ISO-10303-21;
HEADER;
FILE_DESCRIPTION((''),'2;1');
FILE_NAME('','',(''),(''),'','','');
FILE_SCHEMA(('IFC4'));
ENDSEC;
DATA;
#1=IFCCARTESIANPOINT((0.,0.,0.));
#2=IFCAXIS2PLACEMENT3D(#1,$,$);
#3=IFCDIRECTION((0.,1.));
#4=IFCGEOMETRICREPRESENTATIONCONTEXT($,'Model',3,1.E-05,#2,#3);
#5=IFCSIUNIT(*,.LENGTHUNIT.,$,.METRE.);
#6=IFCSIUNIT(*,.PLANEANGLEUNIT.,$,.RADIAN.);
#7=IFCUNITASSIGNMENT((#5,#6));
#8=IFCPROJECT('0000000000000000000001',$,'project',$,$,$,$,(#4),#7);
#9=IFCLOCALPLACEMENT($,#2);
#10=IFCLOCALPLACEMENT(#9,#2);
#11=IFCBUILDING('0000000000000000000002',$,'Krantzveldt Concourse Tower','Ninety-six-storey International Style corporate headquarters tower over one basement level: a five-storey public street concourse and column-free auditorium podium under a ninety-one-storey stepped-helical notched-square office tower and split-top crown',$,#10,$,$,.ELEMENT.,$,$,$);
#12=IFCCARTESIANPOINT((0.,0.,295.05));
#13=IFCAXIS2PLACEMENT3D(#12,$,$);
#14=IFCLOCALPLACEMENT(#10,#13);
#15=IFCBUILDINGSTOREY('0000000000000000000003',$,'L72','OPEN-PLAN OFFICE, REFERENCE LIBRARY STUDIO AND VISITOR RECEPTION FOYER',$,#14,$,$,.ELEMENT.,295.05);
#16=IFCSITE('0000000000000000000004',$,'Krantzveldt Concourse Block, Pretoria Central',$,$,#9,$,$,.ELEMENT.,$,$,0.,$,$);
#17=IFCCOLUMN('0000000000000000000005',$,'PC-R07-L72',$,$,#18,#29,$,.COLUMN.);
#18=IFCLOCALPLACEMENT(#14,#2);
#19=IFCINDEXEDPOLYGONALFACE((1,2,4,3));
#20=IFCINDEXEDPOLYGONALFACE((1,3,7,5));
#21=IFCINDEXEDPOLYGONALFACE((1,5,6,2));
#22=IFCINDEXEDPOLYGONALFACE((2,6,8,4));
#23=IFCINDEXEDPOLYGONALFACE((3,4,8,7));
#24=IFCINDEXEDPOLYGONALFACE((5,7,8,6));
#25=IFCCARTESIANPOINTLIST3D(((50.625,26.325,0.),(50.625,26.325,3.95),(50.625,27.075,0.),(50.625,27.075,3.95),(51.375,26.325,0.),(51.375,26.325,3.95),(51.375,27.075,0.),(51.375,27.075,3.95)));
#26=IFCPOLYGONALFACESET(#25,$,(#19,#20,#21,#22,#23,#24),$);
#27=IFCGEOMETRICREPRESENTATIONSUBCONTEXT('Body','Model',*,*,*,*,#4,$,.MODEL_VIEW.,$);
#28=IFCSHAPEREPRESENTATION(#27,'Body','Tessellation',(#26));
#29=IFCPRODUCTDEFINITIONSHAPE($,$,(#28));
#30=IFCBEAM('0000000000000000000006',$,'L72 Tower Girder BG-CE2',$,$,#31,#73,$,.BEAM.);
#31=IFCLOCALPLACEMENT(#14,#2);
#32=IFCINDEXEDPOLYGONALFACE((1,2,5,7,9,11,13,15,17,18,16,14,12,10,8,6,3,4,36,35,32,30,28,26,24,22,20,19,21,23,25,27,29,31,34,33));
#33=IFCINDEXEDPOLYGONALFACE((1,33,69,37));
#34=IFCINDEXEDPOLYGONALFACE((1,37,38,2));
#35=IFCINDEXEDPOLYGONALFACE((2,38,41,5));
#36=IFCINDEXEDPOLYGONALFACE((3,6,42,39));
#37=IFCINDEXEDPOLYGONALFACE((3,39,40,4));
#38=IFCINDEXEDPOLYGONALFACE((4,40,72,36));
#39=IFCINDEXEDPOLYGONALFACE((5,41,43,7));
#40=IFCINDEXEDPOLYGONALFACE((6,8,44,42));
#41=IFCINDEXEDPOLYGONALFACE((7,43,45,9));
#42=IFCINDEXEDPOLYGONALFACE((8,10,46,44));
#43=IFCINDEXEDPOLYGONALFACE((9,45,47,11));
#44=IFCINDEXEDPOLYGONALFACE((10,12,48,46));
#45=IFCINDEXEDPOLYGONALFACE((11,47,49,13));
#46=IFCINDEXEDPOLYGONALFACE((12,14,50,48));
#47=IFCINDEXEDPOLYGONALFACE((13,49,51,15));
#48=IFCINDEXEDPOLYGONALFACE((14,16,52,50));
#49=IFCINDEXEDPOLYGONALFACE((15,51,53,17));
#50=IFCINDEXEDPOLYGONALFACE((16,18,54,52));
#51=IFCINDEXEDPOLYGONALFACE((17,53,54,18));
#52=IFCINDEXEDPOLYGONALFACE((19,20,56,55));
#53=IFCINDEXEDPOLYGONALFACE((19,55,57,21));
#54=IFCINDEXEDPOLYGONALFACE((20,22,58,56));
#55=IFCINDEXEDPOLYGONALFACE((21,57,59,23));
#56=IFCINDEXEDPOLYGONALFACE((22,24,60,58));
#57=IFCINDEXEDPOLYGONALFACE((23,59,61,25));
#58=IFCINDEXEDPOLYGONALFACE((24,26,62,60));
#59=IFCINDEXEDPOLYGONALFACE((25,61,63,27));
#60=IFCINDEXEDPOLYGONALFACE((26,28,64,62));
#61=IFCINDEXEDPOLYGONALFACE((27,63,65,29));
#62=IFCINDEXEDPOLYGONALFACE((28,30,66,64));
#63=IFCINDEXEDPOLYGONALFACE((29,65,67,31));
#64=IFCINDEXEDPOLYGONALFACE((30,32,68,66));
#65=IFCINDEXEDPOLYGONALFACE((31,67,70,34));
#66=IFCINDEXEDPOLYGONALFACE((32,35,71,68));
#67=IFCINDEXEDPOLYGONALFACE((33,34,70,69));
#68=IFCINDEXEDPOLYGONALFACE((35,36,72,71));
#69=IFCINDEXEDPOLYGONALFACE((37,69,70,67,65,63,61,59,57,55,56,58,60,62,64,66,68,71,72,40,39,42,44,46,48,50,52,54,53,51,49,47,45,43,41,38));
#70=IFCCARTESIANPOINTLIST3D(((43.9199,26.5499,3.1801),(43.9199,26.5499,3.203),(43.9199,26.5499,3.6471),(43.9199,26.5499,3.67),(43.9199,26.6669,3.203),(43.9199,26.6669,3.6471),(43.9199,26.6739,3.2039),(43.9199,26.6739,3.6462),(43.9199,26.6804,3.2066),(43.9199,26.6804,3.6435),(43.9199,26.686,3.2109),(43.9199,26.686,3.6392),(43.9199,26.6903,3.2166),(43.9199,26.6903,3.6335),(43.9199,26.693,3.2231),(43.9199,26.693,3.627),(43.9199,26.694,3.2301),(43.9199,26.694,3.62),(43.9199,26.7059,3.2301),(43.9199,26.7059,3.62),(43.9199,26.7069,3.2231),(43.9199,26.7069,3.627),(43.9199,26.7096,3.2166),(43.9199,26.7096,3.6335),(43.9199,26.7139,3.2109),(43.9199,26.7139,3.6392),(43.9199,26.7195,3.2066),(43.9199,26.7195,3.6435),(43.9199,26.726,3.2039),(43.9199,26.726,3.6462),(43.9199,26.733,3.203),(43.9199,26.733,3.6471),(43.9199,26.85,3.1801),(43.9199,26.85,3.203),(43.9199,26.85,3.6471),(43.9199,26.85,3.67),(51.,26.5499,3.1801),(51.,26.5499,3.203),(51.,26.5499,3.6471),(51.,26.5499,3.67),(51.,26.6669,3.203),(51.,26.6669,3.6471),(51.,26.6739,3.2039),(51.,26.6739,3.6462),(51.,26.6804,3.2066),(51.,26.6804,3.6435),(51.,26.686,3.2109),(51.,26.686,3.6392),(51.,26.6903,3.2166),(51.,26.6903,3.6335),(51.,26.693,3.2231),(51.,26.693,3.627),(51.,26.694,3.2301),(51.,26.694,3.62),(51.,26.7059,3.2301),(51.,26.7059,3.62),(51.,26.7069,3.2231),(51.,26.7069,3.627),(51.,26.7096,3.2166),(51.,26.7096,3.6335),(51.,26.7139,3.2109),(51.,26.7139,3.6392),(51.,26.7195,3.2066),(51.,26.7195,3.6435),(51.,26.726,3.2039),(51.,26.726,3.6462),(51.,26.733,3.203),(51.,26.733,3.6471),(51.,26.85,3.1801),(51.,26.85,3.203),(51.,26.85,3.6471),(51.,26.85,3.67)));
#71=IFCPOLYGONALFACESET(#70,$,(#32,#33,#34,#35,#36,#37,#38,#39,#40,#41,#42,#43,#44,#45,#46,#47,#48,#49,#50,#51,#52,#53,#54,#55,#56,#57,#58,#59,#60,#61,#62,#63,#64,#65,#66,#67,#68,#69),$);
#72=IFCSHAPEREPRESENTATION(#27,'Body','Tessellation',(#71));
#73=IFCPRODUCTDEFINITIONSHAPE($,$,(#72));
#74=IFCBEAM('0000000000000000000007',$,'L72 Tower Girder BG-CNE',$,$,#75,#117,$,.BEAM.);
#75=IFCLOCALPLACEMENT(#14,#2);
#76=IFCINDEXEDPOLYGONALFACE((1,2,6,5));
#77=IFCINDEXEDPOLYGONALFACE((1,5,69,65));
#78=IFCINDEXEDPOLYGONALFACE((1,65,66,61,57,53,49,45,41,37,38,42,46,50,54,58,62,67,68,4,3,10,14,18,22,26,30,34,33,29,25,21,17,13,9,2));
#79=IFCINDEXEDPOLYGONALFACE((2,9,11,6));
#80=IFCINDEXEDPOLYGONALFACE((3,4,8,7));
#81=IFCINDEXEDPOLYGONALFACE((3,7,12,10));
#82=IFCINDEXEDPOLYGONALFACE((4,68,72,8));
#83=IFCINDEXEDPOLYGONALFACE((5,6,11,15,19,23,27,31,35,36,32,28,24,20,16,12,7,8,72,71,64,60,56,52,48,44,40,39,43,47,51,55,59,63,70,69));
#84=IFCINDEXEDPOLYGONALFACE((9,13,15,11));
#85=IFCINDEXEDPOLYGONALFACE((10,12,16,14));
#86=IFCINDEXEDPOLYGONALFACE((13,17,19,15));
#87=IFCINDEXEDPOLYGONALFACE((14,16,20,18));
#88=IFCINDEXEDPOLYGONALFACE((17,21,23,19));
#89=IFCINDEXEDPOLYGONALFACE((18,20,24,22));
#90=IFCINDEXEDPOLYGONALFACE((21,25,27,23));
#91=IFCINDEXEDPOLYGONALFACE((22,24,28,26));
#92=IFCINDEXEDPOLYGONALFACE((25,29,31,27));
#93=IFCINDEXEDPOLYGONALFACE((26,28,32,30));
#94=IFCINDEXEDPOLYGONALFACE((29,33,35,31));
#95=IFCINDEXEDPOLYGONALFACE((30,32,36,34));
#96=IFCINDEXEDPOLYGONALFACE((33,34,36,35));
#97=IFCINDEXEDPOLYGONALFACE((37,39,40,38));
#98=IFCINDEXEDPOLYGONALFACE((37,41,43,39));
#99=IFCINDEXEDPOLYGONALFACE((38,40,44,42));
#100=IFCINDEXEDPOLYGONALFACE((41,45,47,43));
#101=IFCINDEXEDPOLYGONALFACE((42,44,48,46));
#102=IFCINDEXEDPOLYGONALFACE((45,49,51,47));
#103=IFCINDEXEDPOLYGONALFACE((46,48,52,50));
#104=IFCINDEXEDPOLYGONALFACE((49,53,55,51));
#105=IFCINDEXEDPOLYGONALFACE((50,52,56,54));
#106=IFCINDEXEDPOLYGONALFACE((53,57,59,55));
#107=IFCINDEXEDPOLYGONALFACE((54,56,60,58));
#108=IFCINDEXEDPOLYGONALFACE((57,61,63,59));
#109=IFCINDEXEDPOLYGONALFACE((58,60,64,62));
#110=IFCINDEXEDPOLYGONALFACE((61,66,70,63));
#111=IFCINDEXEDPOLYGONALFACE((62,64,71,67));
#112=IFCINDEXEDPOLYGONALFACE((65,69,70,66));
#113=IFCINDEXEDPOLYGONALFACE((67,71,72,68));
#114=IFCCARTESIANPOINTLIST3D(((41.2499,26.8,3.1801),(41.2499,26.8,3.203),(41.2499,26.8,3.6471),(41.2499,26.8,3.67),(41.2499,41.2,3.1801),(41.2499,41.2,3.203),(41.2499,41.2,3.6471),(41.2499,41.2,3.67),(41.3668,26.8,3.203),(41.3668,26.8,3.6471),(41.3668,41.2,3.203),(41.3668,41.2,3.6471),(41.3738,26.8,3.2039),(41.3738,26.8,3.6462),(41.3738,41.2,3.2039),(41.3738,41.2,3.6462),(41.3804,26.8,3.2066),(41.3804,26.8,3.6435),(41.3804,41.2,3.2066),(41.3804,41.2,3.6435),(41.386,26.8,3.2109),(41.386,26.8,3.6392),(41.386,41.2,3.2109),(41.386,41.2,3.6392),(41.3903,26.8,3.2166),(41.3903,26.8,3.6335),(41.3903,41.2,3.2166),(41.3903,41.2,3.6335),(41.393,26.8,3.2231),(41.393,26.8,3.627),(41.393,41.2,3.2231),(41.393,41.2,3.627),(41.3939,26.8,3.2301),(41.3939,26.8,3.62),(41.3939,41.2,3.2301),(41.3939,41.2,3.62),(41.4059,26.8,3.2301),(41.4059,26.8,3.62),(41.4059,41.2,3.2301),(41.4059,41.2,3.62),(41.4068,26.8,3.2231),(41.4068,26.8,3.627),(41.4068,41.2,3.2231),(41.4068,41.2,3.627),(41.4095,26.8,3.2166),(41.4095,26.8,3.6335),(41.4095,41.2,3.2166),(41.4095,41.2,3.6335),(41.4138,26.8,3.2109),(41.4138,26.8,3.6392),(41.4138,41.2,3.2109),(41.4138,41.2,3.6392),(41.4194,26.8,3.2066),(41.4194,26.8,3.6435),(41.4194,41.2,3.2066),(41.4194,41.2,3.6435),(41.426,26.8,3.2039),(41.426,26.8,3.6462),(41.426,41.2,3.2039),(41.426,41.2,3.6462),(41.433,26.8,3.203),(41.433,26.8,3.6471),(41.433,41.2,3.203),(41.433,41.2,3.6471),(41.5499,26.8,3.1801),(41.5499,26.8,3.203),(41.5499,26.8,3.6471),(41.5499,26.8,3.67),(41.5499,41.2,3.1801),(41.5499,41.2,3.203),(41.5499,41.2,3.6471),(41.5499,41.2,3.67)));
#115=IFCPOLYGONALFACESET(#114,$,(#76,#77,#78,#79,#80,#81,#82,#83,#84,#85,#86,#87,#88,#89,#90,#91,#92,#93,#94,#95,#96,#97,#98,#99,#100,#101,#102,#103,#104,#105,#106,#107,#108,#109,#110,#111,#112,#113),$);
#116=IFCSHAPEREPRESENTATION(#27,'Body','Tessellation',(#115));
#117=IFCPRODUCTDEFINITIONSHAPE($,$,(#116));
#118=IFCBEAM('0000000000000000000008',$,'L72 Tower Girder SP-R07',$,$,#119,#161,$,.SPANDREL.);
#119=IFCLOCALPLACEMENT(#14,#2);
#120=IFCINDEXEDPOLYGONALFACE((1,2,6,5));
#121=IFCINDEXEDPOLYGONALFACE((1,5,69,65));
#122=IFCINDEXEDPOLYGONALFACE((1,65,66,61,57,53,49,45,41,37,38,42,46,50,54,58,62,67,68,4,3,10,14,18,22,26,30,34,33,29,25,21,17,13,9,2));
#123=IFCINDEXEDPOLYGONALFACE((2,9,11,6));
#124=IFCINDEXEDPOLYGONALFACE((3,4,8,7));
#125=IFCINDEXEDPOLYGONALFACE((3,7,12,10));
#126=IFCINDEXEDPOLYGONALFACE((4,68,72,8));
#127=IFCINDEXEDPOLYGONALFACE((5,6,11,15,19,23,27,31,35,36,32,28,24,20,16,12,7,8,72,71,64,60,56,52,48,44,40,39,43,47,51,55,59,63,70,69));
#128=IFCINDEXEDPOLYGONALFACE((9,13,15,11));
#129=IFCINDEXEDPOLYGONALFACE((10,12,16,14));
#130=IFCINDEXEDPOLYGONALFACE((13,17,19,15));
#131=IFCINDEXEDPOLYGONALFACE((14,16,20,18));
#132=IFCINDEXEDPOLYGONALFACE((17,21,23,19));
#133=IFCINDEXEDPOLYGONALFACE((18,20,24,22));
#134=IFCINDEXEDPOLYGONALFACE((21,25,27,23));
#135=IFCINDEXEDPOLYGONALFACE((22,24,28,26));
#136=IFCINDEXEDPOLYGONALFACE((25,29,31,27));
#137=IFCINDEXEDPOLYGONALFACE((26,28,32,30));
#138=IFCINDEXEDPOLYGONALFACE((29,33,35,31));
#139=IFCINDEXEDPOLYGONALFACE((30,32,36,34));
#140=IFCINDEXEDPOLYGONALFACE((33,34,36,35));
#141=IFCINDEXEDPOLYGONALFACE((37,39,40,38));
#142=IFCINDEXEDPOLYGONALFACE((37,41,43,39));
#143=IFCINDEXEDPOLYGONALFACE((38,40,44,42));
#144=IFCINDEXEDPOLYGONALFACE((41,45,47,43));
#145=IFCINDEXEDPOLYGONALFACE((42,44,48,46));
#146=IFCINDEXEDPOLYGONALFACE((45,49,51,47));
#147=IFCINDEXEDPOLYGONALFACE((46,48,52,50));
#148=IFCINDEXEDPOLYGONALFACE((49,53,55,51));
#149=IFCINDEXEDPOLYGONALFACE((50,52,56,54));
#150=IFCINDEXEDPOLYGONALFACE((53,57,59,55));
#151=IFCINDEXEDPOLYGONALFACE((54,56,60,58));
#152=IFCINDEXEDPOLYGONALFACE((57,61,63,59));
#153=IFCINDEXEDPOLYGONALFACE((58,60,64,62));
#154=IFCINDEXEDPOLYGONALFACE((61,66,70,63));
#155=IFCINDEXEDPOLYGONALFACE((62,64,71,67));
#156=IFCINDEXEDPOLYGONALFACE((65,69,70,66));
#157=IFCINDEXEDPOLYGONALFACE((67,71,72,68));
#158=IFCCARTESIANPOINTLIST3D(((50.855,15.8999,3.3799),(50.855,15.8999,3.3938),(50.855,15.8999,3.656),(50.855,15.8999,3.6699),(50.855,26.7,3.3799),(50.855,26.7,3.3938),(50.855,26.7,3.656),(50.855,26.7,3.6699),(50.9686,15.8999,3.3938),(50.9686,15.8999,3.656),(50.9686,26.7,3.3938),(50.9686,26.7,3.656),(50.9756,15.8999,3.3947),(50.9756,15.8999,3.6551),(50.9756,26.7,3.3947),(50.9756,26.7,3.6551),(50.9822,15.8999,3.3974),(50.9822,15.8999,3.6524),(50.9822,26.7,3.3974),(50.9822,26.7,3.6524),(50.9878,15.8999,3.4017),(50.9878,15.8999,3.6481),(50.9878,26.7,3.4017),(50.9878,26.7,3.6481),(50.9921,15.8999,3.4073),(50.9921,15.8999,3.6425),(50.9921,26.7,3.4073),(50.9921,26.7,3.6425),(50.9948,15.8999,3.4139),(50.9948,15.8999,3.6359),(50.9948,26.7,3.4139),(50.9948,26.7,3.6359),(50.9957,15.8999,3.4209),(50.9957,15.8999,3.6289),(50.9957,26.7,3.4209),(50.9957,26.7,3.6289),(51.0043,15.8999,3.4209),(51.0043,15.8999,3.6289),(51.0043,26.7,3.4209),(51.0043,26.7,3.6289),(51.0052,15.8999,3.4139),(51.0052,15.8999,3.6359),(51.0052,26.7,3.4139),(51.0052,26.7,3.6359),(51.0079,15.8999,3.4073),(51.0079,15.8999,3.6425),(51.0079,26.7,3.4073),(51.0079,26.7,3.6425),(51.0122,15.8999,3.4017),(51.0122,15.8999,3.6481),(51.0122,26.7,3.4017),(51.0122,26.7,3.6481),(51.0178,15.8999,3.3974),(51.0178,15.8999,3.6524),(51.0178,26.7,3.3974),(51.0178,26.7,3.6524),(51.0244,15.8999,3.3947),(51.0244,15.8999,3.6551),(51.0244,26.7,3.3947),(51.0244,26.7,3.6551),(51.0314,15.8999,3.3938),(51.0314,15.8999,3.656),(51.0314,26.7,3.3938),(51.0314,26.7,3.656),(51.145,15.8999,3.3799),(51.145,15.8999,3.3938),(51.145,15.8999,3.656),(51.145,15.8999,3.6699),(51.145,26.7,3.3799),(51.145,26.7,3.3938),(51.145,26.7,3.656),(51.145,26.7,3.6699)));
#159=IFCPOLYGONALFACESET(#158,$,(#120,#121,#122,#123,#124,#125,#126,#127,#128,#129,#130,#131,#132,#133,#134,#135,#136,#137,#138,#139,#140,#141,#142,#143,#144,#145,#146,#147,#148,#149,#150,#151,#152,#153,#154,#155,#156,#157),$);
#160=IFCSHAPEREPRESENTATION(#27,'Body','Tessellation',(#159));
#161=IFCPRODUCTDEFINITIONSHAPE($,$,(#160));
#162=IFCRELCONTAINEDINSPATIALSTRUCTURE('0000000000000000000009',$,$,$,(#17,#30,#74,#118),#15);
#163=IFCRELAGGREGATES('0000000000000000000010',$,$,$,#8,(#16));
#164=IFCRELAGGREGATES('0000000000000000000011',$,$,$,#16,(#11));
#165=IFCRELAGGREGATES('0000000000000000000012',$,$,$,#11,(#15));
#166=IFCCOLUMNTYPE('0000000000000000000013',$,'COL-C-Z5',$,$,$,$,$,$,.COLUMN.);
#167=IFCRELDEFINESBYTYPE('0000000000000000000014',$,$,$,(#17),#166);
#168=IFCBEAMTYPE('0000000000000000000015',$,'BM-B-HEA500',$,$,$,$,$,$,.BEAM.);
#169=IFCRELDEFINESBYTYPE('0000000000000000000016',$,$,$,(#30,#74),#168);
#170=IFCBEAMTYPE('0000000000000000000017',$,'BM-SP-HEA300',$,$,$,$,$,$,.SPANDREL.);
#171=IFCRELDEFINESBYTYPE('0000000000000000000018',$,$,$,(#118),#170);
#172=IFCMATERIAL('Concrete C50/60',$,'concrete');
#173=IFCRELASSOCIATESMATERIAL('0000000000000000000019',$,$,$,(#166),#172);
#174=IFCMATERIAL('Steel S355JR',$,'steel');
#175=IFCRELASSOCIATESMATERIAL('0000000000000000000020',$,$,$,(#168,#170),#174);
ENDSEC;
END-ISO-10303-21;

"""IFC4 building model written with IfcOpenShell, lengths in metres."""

from ifc_helpers import new_model, si_unit, direction, frame, origin, origin_2d, place, context, subcontext, project, spatial, rectangle, i_section, extrude, source, transform, mapped, material, material_profile, profile_set, type_object, type_shapes, element, save


model = new_model("IFC4")

# Units and contexts
model_context = context("Model", 3, precision=1e-05, world=origin(), true_north=direction((0.0, 1.0)))
body_context = subcontext(model_context, "Body", "Model", "MODEL_VIEW")
ifc_project = project(units=[si_unit("LENGTHUNIT", "METRE"), si_unit("PLANEANGLEUNIT", "RADIAN")], contexts=[model_context])

# Site, building, storey
site_placement = place(None, origin())
site = spatial("IfcSite", under=ifc_project, at=site_placement, Name="Krantzveldt Concourse Block, Pretoria Central", CompositionType="ELEMENT", RefElevation=0.0)
building_placement = place(site_placement, origin())
building = spatial("IfcBuilding", under=site, at=building_placement, Name="Krantzveldt Concourse Tower", Description="Ninety-six-storey International Style corporate headquarters tower over one basement level: a five-storey public street concourse and column-free auditorium podium under a ninety-one-storey stepped-helical notched-square office tower and split-top crown", CompositionType="ELEMENT")
storey_placement = place(building_placement, frame((0.0, 0.0, 295.05)))
storey = spatial("IfcBuildingStorey", under=building, at=storey_placement, Name="L72", Description="OPEN-PLAN OFFICE, REFERENCE LIBRARY STUDIO AND VISITOR RECEPTION FOYER", CompositionType="ELEMENT", Elevation=295.05)

# Column
ifc_material_1 = material(Name="Concrete C50/60", Category="concrete")
ifc_material_profile_1 = material_profile(ifc_material_1, rectangle(XDim=0.75, YDim=0.75, at=origin_2d()), Name="Concrete C50/60", Category="concrete")
ifc_profile_set_1 = profile_set([ifc_material_profile_1], Name="Concrete C50/60 - RC 750x750")
column_type = type_object("IfcColumnType", Name="COL-C-Z5", PredefinedType="COLUMN", material=ifc_profile_set_1)
shared_shape_1 = source(origin(), body_context, "Body", "SweptSolid", [
    extrude(rectangle(XDim=0.75, YDim=0.75, at=origin_2d()), origin(), (0.0, 0.0, 1.0), 3.95),
])
type_shapes(column_type, [shared_shape_1])
column_placement = place(storey_placement, frame((51.0, 26.7, 0.0), z_axis=(0.0, 0.0, 1.0), x_axis=(1.0, 0.0, 0.0)))
element("IfcColumn", 1, at=column_placement, inside=storey, type_object=column_type, Name="PC-R07-L72", PredefinedType="COLUMN", context=body_context, shape_type="MappedRepresentation", body=[
    mapped(shared_shape_1, transform((0.0, 0.0, 0.0), x_axis=(1.0, 0.0, 0.0), y_axis=(0.0, 1.0, 0.0), z_axis=(0.0, 0.0, 1.0), scale=1.0)),
])

# Beams
ifc_material_2 = material(Name="Steel S355JR", Category="steel")
ifc_material_profile_2 = material_profile(ifc_material_2, i_section(OverallWidth=0.3, OverallDepth=0.49, WebThickness=0.012, FlangeThickness=0.0229, FilletRadius=0.0271, at=origin_2d()), Name="Steel S355JR", Category="steel")
ifc_profile_set_2 = profile_set([ifc_material_profile_2], Name="Steel S355JR - HEA 500")
beam_type_1 = type_object("IfcBeamType", Name="BM-B-HEA500", PredefinedType="BEAM", material=ifc_profile_set_2)
shared_shape_2 = source(origin(), body_context, "Body", "SweptSolid", [
    extrude(i_section(OverallWidth=0.3, OverallDepth=0.49, WebThickness=0.012, FlangeThickness=0.0229, FilletRadius=0.0271, at=origin_2d()), origin(), (0.0, 0.0, 1.0), 7.0801),
])
beam_1_placement = place(storey_placement, frame((43.9199, 26.7, 3.425), z_axis=(1.0, 0.0, 0.0), x_axis=(0.0, 1.0, 0.0)))
element("IfcBeam", 2, at=beam_1_placement, inside=storey, type_object=beam_type_1, Name="L72 Tower Girder BG-CE2", PredefinedType="BEAM", context=body_context, shape_type="MappedRepresentation", body=[
    mapped(shared_shape_2, transform((0.0, 0.0, 0.0), x_axis=(1.0, 0.0, 0.0), y_axis=(0.0, 1.0, 0.0), z_axis=(0.0, 0.0, 1.0), scale=1.0)),
])
shared_shape_3 = source(origin(), body_context, "Body", "SweptSolid", [
    extrude(i_section(OverallWidth=0.3, OverallDepth=0.49, WebThickness=0.012, FlangeThickness=0.0229, FilletRadius=0.0271, at=origin_2d()), origin(), (0.0, 0.0, 1.0), 14.3999),
])
type_shapes(beam_type_1, [shared_shape_2, shared_shape_3])
beam_2_placement = place(storey_placement, frame((41.3999, 26.8, 3.425), z_axis=(0.0, 1.0, 0.0), x_axis=(-1.0, 0.0, 0.0)))
element("IfcBeam", 3, at=beam_2_placement, inside=storey, type_object=beam_type_1, Name="L72 Tower Girder BG-CNE", PredefinedType="BEAM", context=body_context, shape_type="MappedRepresentation", body=[
    mapped(shared_shape_3, transform((0.0, 0.0, 0.0), x_axis=(1.0, 0.0, 0.0), y_axis=(0.0, 1.0, 0.0), z_axis=(0.0, 0.0, 1.0), scale=1.0)),
])
ifc_material_profile_3 = material_profile(ifc_material_2, i_section(OverallWidth=0.29, OverallDepth=0.29, WebThickness=0.0085, FlangeThickness=0.0139, FilletRadius=0.0271, at=origin_2d()), Name="Steel S355JR", Category="steel")
ifc_profile_set_3 = profile_set([ifc_material_profile_3], Name="Steel S355JR - HEA 300")
beam_type_2 = type_object("IfcBeamType", Name="BM-SP-HEA300", PredefinedType="SPANDREL", material=ifc_profile_set_3)
shared_shape_4 = source(origin(), body_context, "Body", "SweptSolid", [
    extrude(i_section(OverallWidth=0.29, OverallDepth=0.29, WebThickness=0.0085, FlangeThickness=0.0139, FilletRadius=0.0271, at=origin_2d()), origin(), (0.0, 0.0, 1.0), 10.8),
])
type_shapes(beam_type_2, [shared_shape_4])
beam_3_placement = place(storey_placement, frame((51.0, 26.7, 3.5249), z_axis=(0.0, -1.0, 0.0), x_axis=(1.0, 0.0, 0.0)))
element("IfcBeam", 4, at=beam_3_placement, inside=storey, type_object=beam_type_2, Name="L72 Tower Girder SP-R07", PredefinedType="SPANDREL", context=body_context, shape_type="MappedRepresentation", body=[
    mapped(shared_shape_4, transform((0.0, 0.0, 0.0), x_axis=(1.0, 0.0, 0.0), y_axis=(0.0, 1.0, 0.0), z_axis=(0.0, 0.0, 1.0), scale=1.0)),
])

save(model, "model.ifc")
